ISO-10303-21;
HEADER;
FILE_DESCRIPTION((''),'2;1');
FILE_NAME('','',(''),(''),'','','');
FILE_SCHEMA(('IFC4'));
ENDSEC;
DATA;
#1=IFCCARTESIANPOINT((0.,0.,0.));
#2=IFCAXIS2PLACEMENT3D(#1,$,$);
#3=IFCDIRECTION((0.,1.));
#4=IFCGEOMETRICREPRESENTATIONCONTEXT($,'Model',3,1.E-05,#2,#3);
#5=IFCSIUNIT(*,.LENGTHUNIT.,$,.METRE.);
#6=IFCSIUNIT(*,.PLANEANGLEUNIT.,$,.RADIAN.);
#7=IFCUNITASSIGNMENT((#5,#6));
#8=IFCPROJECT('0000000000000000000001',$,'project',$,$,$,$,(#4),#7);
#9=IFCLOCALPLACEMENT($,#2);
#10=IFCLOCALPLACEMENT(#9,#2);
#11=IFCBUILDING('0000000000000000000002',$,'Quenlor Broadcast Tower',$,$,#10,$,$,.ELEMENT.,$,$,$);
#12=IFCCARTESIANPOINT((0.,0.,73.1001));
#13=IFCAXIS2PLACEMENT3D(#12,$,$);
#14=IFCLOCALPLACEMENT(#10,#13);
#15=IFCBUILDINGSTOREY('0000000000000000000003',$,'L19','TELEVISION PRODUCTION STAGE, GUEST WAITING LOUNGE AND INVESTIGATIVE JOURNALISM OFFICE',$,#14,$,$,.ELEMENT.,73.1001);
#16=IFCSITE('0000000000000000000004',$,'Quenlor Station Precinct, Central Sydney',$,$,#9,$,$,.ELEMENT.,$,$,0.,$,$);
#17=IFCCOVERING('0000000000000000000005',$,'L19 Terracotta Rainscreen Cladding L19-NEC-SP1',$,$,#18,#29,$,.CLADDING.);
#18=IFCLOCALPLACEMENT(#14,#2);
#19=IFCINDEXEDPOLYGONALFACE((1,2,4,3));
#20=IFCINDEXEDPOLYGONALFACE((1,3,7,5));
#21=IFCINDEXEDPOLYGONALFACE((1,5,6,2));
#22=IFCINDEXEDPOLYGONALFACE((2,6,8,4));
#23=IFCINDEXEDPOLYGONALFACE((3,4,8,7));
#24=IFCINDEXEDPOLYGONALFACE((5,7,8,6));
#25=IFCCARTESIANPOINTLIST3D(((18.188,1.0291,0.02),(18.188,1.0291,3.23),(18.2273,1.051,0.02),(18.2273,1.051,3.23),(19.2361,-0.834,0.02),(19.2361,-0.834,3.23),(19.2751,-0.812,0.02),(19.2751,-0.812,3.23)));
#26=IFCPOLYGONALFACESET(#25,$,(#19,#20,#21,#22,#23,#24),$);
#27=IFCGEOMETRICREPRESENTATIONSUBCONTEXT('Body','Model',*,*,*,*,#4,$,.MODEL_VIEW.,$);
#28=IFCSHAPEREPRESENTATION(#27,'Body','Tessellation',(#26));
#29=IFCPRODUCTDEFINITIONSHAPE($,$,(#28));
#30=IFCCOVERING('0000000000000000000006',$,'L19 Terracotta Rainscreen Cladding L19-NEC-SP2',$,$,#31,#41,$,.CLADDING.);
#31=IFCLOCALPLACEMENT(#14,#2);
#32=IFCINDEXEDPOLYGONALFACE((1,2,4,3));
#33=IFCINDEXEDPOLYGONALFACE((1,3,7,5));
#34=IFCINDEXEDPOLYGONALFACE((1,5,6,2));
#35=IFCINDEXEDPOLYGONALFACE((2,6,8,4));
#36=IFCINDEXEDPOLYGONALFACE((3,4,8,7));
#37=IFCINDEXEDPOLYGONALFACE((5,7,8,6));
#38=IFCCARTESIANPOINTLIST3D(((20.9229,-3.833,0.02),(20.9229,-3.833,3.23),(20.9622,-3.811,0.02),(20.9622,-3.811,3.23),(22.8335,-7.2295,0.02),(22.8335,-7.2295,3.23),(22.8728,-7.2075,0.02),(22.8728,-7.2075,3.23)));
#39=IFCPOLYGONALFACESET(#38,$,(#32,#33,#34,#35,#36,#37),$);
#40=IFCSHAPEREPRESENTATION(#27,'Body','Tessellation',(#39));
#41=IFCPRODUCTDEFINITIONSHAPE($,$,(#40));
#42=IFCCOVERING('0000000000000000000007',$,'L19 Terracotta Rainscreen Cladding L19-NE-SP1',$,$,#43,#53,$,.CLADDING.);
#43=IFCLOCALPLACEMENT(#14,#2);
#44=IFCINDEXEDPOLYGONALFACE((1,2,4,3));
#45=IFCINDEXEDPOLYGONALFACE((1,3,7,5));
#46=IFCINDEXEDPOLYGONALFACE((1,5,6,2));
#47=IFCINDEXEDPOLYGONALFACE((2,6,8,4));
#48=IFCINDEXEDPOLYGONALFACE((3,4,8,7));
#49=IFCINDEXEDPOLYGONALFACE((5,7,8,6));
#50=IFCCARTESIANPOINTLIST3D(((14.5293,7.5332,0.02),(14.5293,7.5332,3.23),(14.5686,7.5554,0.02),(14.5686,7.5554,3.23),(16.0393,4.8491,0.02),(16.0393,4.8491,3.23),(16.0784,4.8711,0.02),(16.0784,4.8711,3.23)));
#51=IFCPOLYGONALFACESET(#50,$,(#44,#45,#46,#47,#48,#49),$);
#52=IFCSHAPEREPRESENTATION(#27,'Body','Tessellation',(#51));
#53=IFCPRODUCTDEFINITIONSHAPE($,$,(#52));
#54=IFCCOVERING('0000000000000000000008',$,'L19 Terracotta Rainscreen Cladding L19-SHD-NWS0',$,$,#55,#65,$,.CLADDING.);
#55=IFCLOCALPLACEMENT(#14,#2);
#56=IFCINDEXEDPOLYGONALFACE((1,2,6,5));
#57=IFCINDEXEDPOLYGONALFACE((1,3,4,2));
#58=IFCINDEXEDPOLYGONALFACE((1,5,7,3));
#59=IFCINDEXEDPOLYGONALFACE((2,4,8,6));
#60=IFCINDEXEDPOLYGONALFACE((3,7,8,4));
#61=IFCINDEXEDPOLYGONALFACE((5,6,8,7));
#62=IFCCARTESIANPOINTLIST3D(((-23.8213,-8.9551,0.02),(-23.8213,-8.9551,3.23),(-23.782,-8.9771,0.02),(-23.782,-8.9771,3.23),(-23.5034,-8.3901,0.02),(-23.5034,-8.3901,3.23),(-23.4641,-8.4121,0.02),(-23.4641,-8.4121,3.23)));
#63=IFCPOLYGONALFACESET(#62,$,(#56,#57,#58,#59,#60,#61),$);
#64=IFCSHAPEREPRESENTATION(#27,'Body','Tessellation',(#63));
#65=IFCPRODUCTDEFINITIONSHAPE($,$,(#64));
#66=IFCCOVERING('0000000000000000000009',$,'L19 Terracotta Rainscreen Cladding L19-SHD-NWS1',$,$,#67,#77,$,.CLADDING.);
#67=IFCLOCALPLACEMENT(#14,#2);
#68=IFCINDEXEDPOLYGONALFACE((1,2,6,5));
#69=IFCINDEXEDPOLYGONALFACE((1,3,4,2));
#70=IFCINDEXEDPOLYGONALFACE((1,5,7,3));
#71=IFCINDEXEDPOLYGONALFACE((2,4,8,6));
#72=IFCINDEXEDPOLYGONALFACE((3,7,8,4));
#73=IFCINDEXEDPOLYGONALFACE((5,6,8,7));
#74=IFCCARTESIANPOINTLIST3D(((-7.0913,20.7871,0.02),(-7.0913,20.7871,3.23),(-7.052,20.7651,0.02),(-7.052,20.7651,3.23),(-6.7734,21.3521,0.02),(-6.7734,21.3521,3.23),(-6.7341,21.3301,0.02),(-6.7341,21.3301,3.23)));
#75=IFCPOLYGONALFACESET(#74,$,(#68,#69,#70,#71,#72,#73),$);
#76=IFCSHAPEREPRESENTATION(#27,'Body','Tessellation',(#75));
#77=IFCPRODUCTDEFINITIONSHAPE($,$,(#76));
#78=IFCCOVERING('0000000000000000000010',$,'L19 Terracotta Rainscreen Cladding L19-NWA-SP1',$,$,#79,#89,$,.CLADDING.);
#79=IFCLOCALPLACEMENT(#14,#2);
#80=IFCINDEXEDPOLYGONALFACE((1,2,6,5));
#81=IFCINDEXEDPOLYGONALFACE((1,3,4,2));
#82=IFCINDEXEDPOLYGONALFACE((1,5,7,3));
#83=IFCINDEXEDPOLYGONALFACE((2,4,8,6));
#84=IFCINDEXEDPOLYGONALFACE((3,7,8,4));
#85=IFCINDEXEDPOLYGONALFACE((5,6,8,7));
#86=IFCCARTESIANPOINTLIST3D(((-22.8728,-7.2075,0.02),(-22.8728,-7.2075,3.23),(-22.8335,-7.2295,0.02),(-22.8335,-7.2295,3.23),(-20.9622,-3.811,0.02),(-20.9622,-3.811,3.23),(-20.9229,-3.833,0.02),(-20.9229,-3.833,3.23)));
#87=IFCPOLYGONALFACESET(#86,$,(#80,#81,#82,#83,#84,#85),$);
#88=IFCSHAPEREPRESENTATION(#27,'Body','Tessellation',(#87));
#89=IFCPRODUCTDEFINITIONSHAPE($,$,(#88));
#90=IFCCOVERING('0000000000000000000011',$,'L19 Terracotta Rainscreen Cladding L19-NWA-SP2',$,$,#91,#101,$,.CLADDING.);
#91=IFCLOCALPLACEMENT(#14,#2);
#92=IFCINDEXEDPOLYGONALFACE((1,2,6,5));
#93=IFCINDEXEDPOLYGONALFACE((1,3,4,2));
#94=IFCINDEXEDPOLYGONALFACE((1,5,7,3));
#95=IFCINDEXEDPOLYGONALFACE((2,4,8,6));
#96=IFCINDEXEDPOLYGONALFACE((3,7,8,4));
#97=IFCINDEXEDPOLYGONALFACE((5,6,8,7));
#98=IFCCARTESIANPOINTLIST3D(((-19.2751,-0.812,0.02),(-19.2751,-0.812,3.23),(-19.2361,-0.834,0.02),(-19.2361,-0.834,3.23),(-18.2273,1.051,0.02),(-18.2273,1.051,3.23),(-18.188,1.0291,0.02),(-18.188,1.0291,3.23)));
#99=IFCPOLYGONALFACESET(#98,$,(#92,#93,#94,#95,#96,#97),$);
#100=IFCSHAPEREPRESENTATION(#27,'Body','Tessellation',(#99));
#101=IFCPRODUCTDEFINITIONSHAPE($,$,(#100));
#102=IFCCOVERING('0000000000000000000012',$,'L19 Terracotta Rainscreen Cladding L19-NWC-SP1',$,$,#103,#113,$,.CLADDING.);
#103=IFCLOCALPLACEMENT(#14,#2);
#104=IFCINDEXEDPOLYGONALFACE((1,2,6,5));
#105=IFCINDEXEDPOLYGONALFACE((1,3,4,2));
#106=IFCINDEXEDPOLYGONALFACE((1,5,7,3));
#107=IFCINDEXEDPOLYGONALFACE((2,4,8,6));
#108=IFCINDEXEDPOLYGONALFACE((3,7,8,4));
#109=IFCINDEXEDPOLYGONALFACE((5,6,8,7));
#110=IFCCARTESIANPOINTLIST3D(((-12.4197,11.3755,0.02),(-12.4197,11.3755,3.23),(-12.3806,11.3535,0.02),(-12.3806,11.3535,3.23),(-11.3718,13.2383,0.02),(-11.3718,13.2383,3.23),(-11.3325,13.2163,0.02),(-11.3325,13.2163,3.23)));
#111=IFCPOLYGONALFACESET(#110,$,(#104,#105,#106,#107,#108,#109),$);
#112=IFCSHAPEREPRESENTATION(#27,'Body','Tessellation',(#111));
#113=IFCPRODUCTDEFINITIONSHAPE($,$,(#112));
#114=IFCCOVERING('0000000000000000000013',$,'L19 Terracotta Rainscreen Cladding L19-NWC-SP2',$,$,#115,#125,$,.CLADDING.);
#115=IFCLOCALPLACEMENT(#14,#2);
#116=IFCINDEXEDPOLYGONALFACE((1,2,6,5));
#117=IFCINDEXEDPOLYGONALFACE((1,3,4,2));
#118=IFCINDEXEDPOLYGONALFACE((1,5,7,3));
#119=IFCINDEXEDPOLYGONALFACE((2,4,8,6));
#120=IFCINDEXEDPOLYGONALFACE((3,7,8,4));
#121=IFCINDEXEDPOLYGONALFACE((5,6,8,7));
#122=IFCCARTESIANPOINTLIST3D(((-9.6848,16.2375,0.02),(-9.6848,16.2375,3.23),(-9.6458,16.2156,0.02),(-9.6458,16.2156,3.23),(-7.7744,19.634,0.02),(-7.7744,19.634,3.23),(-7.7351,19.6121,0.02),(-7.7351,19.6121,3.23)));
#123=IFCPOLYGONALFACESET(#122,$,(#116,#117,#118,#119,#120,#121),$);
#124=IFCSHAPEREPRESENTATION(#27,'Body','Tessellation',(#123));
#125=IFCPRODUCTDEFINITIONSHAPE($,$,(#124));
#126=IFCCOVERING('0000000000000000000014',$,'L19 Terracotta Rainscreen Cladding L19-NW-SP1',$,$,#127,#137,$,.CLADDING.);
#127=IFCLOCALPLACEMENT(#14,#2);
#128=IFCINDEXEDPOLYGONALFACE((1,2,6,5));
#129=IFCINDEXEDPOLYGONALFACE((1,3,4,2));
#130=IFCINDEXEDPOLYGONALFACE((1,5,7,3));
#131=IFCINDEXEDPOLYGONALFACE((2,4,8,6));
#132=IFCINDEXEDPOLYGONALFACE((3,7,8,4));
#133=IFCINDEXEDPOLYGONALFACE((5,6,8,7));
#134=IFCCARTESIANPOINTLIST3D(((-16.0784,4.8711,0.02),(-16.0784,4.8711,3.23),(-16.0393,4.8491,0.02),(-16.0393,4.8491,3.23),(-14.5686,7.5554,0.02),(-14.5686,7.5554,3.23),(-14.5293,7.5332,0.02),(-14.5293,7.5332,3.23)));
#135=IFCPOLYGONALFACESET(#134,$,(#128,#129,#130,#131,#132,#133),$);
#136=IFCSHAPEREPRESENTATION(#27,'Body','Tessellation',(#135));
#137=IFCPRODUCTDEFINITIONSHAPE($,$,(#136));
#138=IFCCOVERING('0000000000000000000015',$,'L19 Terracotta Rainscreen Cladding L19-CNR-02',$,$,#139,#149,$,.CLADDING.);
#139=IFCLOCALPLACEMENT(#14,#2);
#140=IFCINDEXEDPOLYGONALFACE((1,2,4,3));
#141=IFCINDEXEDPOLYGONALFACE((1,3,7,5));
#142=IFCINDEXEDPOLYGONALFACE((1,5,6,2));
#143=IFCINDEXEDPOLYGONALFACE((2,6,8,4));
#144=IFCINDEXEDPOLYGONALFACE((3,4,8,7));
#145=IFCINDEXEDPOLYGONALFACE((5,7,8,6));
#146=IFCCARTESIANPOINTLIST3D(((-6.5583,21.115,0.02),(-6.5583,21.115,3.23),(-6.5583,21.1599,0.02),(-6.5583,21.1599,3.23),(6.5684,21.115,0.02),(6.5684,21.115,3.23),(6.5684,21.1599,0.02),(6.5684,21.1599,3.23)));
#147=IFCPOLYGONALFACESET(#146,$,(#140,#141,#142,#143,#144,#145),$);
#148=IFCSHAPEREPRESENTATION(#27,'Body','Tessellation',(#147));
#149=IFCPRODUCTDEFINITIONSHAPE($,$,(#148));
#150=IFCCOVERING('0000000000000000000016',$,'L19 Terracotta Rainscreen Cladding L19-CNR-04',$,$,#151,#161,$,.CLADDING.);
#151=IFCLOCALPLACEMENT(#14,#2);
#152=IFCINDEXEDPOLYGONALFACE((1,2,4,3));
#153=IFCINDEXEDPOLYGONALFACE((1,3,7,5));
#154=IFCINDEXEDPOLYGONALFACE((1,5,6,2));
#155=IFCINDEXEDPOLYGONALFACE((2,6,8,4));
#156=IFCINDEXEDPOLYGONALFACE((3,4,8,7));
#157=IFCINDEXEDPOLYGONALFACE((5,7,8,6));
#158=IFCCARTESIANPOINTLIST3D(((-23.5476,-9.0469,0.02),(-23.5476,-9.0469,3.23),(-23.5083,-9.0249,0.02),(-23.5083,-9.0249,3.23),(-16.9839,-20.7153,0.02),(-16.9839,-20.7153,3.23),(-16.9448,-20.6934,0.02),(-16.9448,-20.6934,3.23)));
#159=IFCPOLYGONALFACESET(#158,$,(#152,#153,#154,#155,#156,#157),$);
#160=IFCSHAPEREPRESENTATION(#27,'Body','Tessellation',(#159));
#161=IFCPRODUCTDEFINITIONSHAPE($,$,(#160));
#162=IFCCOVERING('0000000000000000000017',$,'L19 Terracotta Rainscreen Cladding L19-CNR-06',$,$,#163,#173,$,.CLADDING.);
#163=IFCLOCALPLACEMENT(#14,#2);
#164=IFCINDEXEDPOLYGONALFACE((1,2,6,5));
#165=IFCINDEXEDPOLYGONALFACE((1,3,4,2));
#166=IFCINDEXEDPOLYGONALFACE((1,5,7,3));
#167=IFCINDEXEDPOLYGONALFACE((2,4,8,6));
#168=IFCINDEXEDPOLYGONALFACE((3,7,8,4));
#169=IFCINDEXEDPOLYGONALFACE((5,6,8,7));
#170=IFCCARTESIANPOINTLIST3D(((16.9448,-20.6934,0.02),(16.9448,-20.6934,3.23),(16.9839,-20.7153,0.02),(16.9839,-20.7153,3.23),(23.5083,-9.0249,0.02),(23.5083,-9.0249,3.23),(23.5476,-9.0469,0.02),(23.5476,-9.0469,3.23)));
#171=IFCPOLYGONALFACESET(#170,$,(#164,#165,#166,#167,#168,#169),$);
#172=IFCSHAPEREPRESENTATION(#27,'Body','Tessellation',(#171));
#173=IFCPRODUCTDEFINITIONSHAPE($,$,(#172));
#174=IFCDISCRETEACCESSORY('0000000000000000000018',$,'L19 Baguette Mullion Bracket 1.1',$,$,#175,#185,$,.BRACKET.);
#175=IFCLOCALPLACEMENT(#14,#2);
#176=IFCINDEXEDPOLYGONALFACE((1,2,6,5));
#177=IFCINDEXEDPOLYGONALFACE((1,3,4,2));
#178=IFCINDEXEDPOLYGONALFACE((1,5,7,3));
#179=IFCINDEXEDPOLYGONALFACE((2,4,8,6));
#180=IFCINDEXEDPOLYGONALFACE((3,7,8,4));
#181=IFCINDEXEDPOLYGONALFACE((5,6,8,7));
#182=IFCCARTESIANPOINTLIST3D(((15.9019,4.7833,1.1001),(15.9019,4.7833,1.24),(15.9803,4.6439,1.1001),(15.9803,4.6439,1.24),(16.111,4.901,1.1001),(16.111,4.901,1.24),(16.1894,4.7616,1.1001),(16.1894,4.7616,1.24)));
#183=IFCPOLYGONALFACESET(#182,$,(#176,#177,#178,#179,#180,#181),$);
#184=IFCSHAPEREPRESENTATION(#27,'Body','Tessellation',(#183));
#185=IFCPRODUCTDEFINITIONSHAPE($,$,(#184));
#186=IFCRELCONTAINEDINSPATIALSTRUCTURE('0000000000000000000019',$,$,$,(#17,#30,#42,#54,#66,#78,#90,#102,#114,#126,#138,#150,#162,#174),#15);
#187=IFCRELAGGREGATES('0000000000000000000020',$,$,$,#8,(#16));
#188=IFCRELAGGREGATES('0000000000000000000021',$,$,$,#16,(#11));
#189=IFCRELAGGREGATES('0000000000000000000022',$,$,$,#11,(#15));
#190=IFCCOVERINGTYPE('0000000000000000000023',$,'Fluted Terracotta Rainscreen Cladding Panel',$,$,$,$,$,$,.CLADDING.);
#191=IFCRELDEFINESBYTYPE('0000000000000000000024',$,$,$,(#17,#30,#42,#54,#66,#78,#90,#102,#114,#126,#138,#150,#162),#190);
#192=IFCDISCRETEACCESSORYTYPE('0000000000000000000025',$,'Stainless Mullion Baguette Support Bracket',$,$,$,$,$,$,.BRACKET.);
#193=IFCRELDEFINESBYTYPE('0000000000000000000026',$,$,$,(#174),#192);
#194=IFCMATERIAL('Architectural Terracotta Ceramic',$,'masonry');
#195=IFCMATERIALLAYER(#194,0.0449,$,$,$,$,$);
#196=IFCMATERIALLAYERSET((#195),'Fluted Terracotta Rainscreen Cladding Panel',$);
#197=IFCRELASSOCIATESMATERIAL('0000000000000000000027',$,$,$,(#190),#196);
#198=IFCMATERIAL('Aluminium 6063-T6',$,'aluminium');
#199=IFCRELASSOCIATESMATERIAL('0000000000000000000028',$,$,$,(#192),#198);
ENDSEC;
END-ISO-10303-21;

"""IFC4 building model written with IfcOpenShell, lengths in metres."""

from ifc_helpers import new_model, si_unit, direction, frame, origin, origin_2d, place, context, subcontext, project, spatial, polyline, rectangle, outline, extrude, material, layer, layer_set, type_object, element, save


model = new_model("IFC4")

# Units and contexts
model_context = context("Model", 3, precision=1e-05, world=origin(), true_north=direction((0.0, 1.0)))
body_context = subcontext(model_context, "Body", "Model", "MODEL_VIEW")
ifc_project = project(units=[si_unit("LENGTHUNIT", "METRE"), si_unit("PLANEANGLEUNIT", "RADIAN")], contexts=[model_context])

# Site, building, storey
site_placement = place(None, origin())
site = spatial("IfcSite", under=ifc_project, at=site_placement, Name="Quenlor Station Precinct, Central Sydney", CompositionType="ELEMENT", RefElevation=0.0)
building_placement = place(site_placement, origin())
building = spatial("IfcBuilding", under=site, at=building_placement, Name="Quenlor Broadcast Tower", CompositionType="ELEMENT")
storey_placement = place(building_placement, frame((0.0, 0.0, 73.1001)))
storey = spatial("IfcBuildingStorey", under=building, at=storey_placement, Name="L19", Description="TELEVISION PRODUCTION STAGE, GUEST WAITING LOUNGE AND INVESTIGATIVE JOURNALISM OFFICE", CompositionType="ELEMENT", Elevation=73.1001)

# Coverings
ifc_material_1 = material(Name="Architectural Terracotta Ceramic", Category="masonry")
ifc_layer_1 = layer(ifc_material_1, 0.0449)
ifc_layer_set_1 = layer_set([ifc_layer_1], Name="Fluted Terracotta Rainscreen Cladding Panel")
covering_type = type_object("IfcCoveringType", Name="Fluted Terracotta Rainscreen Cladding Panel", PredefinedType="CLADDING", material=ifc_layer_set_1)
covering_1_placement = place(storey_placement, frame((0.0, 0.0, 0.02)))
element("IfcCovering", 1, at=covering_1_placement, inside=storey, type_object=covering_type, Name="L19 Terracotta Rainscreen Cladding L19-NEC-SP1", PredefinedType="CLADDING", context=body_context, shape_type="SweptSolid", body=[
    extrude(outline(polyline([(18.188, 1.0291), (19.2361, -0.834), (19.2751, -0.812), (18.2273, 1.051), (18.188, 1.0291)])), origin(), (0.0, 0.0, 1.0), 3.21),
])
covering_2_placement = place(storey_placement, frame((0.0, 0.0, 0.02)))
element("IfcCovering", 2, at=covering_2_placement, inside=storey, type_object=covering_type, Name="L19 Terracotta Rainscreen Cladding L19-NEC-SP2", PredefinedType="CLADDING", context=body_context, shape_type="SweptSolid", body=[
    extrude(outline(polyline([(20.9229, -3.833), (22.8335, -7.2295), (22.8728, -7.2075), (20.9622, -3.811), (20.9229, -3.833)])), origin(), (0.0, 0.0, 1.0), 3.21),
])
covering_3_placement = place(storey_placement, frame((0.0, 0.0, 0.02)))
element("IfcCovering", 3, at=covering_3_placement, inside=storey, type_object=covering_type, Name="L19 Terracotta Rainscreen Cladding L19-NE-SP1", PredefinedType="CLADDING", context=body_context, shape_type="SweptSolid", body=[
    extrude(outline(polyline([(14.5293, 7.5332), (16.0393, 4.8491), (16.0784, 4.8711), (14.5686, 7.5554), (14.5293, 7.5332)])), origin(), (0.0, 0.0, 1.0), 3.21),
])
covering_4_placement = place(storey_placement, frame((0.0, 0.0, 0.02)))
element("IfcCovering", 4, at=covering_4_placement, inside=storey, type_object=covering_type, Name="L19 Terracotta Rainscreen Cladding L19-SHD-NWS0", PredefinedType="CLADDING", context=body_context, shape_type="SweptSolid", body=[
    extrude(outline(polyline([(-23.782, -8.9771), (-23.4641, -8.4121), (-23.5034, -8.3901), (-23.8213, -8.9551), (-23.782, -8.9771)])), origin(), (0.0, 0.0, 1.0), 3.21),
])
covering_5_placement = place(storey_placement, frame((0.0, 0.0, 0.02)))
element("IfcCovering", 5, at=covering_5_placement, inside=storey, type_object=covering_type, Name="L19 Terracotta Rainscreen Cladding L19-SHD-NWS1", PredefinedType="CLADDING", context=body_context, shape_type="SweptSolid", body=[
    extrude(outline(polyline([(-7.052, 20.7651), (-6.7341, 21.3301), (-6.7734, 21.3521), (-7.0913, 20.7871), (-7.052, 20.7651)])), origin(), (0.0, 0.0, 1.0), 3.21),
])
covering_6_placement = place(storey_placement, frame((0.0, 0.0, 0.02)))
element("IfcCovering", 6, at=covering_6_placement, inside=storey, type_object=covering_type, Name="L19 Terracotta Rainscreen Cladding L19-NWA-SP1", PredefinedType="CLADDING", context=body_context, shape_type="SweptSolid", body=[
    extrude(outline(polyline([(-22.8335, -7.2295), (-20.9229, -3.833), (-20.9622, -3.811), (-22.8728, -7.2075), (-22.8335, -7.2295)])), origin(), (0.0, 0.0, 1.0), 3.21),
])
covering_7_placement = place(storey_placement, frame((0.0, 0.0, 0.02)))
element("IfcCovering", 7, at=covering_7_placement, inside=storey, type_object=covering_type, Name="L19 Terracotta Rainscreen Cladding L19-NWA-SP2", PredefinedType="CLADDING", context=body_context, shape_type="SweptSolid", body=[
    extrude(outline(polyline([(-19.2361, -0.834), (-18.188, 1.0291), (-18.2273, 1.051), (-19.2751, -0.812), (-19.2361, -0.834)])), origin(), (0.0, 0.0, 1.0), 3.21),
])
covering_8_placement = place(storey_placement, frame((0.0, 0.0, 0.02)))
element("IfcCovering", 8, at=covering_8_placement, inside=storey, type_object=covering_type, Name="L19 Terracotta Rainscreen Cladding L19-NWC-SP1", PredefinedType="CLADDING", context=body_context, shape_type="SweptSolid", body=[
    extrude(outline(polyline([(-12.3806, 11.3535), (-11.3325, 13.2163), (-11.3718, 13.2383), (-12.4197, 11.3755), (-12.3806, 11.3535)])), origin(), (0.0, 0.0, 1.0), 3.21),
])
covering_9_placement = place(storey_placement, frame((0.0, 0.0, 0.02)))
element("IfcCovering", 9, at=covering_9_placement, inside=storey, type_object=covering_type, Name="L19 Terracotta Rainscreen Cladding L19-NWC-SP2", PredefinedType="CLADDING", context=body_context, shape_type="SweptSolid", body=[
    extrude(outline(polyline([(-9.6458, 16.2156), (-7.7351, 19.6121), (-7.7744, 19.634), (-9.6848, 16.2375), (-9.6458, 16.2156)])), origin(), (0.0, 0.0, 1.0), 3.21),
])
covering_10_placement = place(storey_placement, frame((0.0, 0.0, 0.02)))
element("IfcCovering", 10, at=covering_10_placement, inside=storey, type_object=covering_type, Name="L19 Terracotta Rainscreen Cladding L19-NW-SP1", PredefinedType="CLADDING", context=body_context, shape_type="SweptSolid", body=[
    extrude(outline(polyline([(-16.0393, 4.8491), (-14.5293, 7.5332), (-14.5686, 7.5554), (-16.0784, 4.8711), (-16.0393, 4.8491)])), origin(), (0.0, 0.0, 1.0), 3.21),
])
covering_11_placement = place(storey_placement, frame((0.0, 0.0, 0.02)))
element("IfcCovering", 11, at=covering_11_placement, inside=storey, type_object=covering_type, Name="L19 Terracotta Rainscreen Cladding L19-CNR-02", PredefinedType="CLADDING", context=body_context, shape_type="SweptSolid", body=[
    extrude(outline(polyline([(6.5684, 21.1599), (-6.5583, 21.1599), (-6.5583, 21.115), (6.5684, 21.115), (6.5684, 21.1599)])), origin(), (0.0, 0.0, 1.0), 3.21),
])
covering_12_placement = place(storey_placement, frame((0.0, 0.0, 0.02)))
element("IfcCovering", 12, at=covering_12_placement, inside=storey, type_object=covering_type, Name="L19 Terracotta Rainscreen Cladding L19-CNR-04", PredefinedType="CLADDING", context=body_context, shape_type="SweptSolid", body=[
    extrude(outline(polyline([(-23.5476, -9.0469), (-16.9839, -20.7153), (-16.9448, -20.6934), (-23.5083, -9.0249), (-23.5476, -9.0469)])), origin(), (0.0, 0.0, 1.0), 3.21),
])
covering_13_placement = place(storey_placement, frame((0.0, 0.0, 0.02)))
element("IfcCovering", 13, at=covering_13_placement, inside=storey, type_object=covering_type, Name="L19 Terracotta Rainscreen Cladding L19-CNR-06", PredefinedType="CLADDING", context=body_context, shape_type="SweptSolid", body=[
    extrude(outline(polyline([(16.9839, -20.7153), (23.5476, -9.0469), (23.5083, -9.0249), (16.9448, -20.6934), (16.9839, -20.7153)])), origin(), (0.0, 0.0, 1.0), 3.21),
])

# Discrete accessory
ifc_material_2 = material(Name="Aluminium 6063-T6", Category="aluminium")
discrete_accessory_type = type_object("IfcDiscreteAccessoryType", Name="Stainless Mullion Baguette Support Bracket", PredefinedType="BRACKET", material=ifc_material_2)
discrete_accessory_placement = place(storey_placement, frame((16.0457, 4.7725, 1.1001), z_axis=(0.0, 0.0, 1.0), x_axis=(0.490274, -0.871568, 0.0)))
element("IfcDiscreteAccessory", 14, at=discrete_accessory_placement, inside=storey, type_object=discrete_accessory_type, Name="L19 Baguette Mullion Bracket 1.1", PredefinedType="BRACKET", context=body_context, shape_type="SweptSolid", body=[
    extrude(rectangle(XDim=0.1599, YDim=0.24, at=origin_2d()), origin(), (0.0, 0.0, 1.0), 0.1399),
])

save(model, "model.ifc")
